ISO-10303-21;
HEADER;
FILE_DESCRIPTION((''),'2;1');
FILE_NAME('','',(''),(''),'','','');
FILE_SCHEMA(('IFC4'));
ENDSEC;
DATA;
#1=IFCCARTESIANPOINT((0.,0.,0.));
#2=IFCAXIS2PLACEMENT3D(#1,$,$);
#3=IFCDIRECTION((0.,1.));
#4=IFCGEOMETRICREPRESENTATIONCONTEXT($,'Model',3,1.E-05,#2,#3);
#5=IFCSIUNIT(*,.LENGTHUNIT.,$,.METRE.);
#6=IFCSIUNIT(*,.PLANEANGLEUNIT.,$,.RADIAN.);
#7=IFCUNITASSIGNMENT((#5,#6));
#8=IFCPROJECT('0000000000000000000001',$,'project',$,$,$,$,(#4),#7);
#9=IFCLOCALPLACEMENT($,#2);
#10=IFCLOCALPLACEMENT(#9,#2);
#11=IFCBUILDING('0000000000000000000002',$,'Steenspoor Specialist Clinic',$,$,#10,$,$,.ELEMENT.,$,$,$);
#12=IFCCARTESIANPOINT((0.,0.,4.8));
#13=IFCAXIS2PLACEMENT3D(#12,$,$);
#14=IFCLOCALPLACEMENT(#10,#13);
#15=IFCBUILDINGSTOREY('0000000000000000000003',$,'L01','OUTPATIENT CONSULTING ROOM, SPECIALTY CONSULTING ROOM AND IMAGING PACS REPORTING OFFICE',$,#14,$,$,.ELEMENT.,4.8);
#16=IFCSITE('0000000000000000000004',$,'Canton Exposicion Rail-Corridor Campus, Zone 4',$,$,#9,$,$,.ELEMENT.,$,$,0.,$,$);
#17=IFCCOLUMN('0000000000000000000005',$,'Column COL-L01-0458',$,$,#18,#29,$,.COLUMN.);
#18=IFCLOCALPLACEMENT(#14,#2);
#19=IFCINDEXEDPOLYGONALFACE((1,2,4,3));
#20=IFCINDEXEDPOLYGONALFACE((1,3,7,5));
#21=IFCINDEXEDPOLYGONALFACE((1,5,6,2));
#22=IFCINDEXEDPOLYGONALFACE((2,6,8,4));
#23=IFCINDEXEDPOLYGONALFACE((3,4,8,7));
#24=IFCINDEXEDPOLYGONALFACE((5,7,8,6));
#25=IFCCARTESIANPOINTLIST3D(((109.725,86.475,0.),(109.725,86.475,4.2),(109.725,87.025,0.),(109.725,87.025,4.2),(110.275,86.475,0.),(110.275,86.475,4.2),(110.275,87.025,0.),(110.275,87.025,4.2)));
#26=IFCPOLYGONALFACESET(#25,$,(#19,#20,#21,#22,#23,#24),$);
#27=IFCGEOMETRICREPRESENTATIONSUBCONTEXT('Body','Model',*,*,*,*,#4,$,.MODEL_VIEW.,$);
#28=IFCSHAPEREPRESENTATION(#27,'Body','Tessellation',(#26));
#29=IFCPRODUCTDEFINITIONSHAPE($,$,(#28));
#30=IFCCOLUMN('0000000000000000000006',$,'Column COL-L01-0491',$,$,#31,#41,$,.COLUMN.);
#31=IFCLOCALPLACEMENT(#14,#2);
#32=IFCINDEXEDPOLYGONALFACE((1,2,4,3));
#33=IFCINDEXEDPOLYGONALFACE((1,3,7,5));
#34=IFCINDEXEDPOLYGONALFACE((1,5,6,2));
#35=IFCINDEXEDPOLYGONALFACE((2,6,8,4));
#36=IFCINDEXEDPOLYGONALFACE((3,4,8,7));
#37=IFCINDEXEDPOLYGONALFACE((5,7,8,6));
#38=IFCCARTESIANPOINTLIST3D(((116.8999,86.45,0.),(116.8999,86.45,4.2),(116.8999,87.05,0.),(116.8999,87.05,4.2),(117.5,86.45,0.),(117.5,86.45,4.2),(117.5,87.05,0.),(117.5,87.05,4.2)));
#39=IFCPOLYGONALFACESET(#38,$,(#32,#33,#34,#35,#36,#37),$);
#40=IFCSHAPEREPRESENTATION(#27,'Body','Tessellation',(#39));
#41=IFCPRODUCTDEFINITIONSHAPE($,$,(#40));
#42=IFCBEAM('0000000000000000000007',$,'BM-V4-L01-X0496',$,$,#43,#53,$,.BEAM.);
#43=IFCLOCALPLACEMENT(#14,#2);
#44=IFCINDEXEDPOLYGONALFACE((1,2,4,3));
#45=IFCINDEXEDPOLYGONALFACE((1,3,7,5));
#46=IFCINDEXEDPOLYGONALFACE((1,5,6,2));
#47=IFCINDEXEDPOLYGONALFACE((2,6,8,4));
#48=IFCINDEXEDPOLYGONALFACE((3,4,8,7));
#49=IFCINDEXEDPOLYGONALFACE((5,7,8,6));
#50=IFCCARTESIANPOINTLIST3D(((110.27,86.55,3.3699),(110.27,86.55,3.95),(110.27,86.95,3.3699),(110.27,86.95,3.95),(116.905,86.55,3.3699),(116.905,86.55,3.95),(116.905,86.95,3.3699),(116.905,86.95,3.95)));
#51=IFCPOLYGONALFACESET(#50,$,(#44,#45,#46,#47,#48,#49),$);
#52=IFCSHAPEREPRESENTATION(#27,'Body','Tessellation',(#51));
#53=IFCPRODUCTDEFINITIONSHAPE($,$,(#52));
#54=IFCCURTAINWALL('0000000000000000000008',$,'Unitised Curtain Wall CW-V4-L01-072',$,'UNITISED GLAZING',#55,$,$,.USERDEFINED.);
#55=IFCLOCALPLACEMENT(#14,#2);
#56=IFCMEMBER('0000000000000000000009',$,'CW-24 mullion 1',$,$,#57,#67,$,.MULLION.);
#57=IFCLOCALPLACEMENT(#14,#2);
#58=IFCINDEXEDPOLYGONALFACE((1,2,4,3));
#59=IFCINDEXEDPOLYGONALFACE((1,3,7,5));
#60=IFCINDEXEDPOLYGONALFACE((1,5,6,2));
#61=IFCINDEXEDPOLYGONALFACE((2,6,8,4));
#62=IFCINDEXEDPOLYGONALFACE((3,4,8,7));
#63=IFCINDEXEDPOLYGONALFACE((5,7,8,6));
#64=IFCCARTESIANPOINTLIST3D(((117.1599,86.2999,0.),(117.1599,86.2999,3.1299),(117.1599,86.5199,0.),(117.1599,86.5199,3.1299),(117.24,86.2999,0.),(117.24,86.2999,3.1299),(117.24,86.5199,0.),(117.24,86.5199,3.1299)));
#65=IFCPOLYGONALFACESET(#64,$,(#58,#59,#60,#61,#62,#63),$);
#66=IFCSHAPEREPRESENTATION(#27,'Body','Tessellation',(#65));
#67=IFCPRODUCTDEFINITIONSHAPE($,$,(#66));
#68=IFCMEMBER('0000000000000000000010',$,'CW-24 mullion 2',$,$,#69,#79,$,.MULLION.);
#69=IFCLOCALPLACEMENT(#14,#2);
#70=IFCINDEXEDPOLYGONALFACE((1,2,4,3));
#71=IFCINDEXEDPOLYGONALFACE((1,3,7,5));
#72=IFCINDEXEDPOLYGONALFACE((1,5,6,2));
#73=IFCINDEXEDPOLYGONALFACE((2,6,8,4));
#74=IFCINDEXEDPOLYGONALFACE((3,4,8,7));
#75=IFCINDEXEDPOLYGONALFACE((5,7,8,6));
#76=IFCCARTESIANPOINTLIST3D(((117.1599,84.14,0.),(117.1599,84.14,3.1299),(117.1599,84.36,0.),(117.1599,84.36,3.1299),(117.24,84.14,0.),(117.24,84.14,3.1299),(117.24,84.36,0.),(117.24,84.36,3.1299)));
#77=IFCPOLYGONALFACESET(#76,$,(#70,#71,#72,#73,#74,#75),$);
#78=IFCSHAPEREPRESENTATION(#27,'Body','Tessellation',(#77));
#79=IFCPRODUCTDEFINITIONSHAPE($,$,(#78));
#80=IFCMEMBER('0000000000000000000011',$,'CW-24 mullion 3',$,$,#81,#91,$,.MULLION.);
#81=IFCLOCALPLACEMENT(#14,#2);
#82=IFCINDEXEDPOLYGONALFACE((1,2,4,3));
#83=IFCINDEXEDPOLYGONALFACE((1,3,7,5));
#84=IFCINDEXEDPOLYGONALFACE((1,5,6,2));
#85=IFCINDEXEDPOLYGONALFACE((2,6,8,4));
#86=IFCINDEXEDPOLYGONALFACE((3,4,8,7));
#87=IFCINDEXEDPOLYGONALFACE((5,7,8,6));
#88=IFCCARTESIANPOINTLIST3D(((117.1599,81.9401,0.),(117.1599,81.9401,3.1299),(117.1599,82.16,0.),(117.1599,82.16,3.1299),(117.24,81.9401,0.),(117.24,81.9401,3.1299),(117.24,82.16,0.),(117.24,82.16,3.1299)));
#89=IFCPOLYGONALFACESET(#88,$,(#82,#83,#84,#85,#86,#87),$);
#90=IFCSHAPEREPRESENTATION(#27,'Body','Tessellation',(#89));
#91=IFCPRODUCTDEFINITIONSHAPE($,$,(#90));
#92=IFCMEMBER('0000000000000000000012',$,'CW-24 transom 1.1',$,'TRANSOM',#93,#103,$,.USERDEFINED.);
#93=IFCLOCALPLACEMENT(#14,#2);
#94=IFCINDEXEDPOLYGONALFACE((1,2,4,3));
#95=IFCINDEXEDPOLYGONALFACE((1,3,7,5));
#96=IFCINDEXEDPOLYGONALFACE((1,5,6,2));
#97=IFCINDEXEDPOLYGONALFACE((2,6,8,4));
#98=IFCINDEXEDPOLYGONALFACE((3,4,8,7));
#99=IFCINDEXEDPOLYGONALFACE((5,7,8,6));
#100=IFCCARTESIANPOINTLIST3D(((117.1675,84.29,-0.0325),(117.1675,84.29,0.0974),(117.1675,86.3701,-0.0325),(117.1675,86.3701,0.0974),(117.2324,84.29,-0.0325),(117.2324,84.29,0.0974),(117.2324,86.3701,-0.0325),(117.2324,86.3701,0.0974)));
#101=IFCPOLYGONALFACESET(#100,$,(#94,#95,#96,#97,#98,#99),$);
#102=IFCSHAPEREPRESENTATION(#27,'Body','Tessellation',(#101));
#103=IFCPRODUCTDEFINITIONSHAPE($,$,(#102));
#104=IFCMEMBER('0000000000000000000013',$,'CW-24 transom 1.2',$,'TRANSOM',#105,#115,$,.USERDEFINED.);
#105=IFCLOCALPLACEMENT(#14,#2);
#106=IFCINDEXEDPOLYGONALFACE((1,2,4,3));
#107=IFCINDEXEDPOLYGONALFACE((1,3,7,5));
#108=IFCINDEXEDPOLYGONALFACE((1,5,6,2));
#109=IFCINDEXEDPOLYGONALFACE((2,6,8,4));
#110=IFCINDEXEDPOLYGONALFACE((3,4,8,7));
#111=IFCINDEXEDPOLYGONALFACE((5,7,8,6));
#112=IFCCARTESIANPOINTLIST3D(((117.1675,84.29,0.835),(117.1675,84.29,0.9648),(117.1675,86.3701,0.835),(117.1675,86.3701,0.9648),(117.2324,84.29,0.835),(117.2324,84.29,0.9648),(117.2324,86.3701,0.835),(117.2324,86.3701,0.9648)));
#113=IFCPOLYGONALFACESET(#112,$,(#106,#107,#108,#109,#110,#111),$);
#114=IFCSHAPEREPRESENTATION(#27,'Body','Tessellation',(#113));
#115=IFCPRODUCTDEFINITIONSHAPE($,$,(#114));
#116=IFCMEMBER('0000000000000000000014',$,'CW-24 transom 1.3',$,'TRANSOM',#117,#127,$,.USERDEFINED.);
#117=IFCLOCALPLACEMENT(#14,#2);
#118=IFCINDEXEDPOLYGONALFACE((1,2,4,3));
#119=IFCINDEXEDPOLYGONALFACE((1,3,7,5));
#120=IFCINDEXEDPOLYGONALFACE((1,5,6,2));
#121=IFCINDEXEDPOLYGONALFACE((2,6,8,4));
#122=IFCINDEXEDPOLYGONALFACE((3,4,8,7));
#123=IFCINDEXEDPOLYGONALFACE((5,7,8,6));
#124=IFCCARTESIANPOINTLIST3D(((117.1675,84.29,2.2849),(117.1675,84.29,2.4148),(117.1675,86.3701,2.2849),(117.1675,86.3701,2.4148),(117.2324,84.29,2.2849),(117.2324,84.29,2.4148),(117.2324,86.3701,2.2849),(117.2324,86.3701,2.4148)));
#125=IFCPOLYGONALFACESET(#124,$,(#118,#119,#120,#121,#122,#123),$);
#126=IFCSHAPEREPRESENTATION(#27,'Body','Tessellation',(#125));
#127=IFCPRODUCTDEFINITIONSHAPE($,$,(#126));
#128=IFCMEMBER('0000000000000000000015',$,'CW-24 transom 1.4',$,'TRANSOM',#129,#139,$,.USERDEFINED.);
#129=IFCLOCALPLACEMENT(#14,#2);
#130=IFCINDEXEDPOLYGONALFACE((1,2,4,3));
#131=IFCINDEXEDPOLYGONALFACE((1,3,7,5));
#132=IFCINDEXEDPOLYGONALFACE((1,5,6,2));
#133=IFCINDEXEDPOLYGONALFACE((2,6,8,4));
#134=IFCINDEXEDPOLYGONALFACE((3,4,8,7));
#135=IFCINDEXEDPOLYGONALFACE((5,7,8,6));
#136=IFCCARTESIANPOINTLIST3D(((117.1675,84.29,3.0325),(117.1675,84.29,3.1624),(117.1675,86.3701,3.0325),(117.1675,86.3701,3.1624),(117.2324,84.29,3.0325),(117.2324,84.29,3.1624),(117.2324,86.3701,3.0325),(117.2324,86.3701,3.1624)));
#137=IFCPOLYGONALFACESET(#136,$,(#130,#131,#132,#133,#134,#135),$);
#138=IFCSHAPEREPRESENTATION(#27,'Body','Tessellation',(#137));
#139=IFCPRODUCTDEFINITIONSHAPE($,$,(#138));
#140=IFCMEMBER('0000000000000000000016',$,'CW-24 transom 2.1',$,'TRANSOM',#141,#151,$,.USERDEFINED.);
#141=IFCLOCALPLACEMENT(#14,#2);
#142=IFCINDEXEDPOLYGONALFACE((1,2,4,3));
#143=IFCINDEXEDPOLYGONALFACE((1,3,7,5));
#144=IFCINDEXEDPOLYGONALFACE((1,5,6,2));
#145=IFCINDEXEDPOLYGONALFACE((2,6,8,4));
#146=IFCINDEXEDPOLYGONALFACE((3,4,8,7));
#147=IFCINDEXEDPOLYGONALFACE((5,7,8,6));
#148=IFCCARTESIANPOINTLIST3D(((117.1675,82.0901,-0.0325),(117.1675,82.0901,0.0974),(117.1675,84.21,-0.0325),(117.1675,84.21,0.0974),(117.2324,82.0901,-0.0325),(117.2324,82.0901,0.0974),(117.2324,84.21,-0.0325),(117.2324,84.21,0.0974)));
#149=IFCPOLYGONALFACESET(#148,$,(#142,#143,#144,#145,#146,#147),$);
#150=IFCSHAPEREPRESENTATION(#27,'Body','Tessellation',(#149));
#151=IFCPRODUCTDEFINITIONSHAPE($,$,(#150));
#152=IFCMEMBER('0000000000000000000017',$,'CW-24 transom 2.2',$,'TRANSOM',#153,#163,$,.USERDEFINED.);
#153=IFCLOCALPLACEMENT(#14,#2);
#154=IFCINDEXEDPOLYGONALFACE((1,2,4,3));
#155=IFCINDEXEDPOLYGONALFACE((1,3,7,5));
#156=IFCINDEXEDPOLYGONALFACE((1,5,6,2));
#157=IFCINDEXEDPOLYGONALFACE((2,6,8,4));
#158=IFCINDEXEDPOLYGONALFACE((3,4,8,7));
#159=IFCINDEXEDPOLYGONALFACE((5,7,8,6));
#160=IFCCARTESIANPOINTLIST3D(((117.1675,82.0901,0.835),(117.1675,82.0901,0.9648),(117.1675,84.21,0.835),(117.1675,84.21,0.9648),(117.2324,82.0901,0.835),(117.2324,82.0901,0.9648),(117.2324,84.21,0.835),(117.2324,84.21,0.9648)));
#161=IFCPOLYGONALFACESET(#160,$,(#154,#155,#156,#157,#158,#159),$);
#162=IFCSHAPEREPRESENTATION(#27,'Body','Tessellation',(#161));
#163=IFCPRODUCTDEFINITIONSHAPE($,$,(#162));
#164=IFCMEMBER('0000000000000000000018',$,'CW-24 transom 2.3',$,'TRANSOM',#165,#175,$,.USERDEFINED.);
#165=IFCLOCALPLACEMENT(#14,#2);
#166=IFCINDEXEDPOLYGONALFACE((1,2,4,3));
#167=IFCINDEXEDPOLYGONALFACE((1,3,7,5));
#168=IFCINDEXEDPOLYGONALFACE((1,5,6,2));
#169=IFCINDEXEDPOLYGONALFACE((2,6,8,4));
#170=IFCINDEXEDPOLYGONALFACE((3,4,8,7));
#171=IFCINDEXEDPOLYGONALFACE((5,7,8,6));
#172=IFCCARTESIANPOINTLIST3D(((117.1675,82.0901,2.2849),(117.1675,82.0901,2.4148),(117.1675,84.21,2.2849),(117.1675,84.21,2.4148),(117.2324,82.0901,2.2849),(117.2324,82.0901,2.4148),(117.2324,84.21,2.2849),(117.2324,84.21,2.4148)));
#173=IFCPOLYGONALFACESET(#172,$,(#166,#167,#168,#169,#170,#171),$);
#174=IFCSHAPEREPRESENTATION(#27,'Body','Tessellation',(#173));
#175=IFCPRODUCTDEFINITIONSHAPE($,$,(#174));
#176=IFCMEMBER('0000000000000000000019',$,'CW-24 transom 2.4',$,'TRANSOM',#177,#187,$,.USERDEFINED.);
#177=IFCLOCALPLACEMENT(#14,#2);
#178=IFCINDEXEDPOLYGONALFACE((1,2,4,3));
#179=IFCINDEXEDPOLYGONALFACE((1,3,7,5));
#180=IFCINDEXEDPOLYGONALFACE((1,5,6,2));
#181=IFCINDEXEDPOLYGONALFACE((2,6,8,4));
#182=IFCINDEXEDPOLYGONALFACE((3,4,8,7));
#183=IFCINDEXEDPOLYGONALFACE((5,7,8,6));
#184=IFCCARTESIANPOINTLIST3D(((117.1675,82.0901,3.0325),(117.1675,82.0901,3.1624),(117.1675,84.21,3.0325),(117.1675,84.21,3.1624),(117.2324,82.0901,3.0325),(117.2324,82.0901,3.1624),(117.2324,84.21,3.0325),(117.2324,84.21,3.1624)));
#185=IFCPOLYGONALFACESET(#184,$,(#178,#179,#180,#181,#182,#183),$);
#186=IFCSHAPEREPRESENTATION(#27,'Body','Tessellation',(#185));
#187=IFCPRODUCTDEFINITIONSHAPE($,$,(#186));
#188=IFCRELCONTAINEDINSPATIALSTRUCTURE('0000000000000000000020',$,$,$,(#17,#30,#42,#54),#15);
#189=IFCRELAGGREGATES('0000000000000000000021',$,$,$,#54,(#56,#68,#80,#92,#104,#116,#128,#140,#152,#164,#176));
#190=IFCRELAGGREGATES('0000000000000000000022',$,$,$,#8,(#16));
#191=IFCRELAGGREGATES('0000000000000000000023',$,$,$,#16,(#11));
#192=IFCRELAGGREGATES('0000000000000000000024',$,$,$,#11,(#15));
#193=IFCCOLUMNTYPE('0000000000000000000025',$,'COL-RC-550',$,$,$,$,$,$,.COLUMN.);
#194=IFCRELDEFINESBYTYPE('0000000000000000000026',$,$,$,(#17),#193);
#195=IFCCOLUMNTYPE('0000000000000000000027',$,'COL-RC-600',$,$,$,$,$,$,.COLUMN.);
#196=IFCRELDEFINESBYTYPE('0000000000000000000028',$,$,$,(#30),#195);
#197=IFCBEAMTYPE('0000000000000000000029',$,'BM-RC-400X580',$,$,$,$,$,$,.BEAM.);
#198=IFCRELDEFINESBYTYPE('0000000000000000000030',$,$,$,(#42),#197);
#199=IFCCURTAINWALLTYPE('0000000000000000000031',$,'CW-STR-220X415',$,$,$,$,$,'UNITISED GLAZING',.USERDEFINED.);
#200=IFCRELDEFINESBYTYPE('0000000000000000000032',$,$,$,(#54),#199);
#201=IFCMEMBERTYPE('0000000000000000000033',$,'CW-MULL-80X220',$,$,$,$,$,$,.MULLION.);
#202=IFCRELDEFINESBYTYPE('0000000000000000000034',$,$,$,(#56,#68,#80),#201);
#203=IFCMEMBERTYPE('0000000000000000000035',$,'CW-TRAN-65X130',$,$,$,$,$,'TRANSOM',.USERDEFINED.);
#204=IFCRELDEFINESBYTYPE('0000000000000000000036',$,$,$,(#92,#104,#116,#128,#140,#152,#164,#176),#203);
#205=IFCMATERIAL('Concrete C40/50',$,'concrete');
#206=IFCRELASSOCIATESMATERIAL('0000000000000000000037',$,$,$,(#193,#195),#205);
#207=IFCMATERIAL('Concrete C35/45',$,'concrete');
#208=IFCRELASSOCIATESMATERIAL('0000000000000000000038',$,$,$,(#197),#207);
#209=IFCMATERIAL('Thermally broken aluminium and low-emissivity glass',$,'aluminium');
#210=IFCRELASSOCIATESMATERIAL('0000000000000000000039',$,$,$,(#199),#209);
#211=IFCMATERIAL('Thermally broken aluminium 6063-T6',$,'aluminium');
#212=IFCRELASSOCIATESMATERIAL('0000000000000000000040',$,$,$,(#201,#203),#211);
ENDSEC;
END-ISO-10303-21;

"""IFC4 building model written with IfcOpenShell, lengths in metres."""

from ifc_helpers import new_model, si_unit, direction, frame, origin, origin_2d, place, context, subcontext, project, spatial, rectangle, extrude, material, material_profile, profile_set, type_object, element, aggregate, save


model = new_model("IFC4")

# Units and contexts
model_context = context("Model", 3, precision=1e-05, world=origin(), true_north=direction((0.0, 1.0)))
body_context = subcontext(model_context, "Body", "Model", "MODEL_VIEW")
ifc_project = project(units=[si_unit("LENGTHUNIT", "METRE"), si_unit("PLANEANGLEUNIT", "RADIAN")], contexts=[model_context])

# Site, building, storey
site_placement = place(None, origin())
site = spatial("IfcSite", under=ifc_project, at=site_placement, Name="Canton Exposicion Rail-Corridor Campus, Zone 4", CompositionType="ELEMENT", RefElevation=0.0)
building_placement = place(site_placement, origin())
building = spatial("IfcBuilding", under=site, at=building_placement, Name="Steenspoor Specialist Clinic", CompositionType="ELEMENT")
storey_placement = place(building_placement, frame((0.0, 0.0, 4.8)))
storey = spatial("IfcBuildingStorey", under=building, at=storey_placement, Name="L01", Description="OUTPATIENT CONSULTING ROOM, SPECIALTY CONSULTING ROOM AND IMAGING PACS REPORTING OFFICE", CompositionType="ELEMENT", Elevation=4.8)

# Columns
ifc_material_1 = material(Name="Concrete C40/50", Category="concrete")
ifc_material_profile_1 = material_profile(ifc_material_1, rectangle(XDim=0.55, YDim=0.55, at=origin_2d()), Name="RC-COL-550X550")
ifc_profile_set_1 = profile_set([ifc_material_profile_1], Name="Concrete C40/50")
column_type_1 = type_object("IfcColumnType", Name="COL-RC-550", PredefinedType="COLUMN", material=ifc_profile_set_1)
column_1_placement = place(storey_placement, frame((110.0, 86.75, 0.0), z_axis=(0.0, 0.0, 1.0), x_axis=(1.0, 0.0, 0.0)))
element("IfcColumn", 1, at=column_1_placement, inside=storey, type_object=column_type_1, Name="Column COL-L01-0458", PredefinedType="COLUMN", context=body_context, shape_type="SweptSolid", body=[
    extrude(rectangle(XDim=0.55, YDim=0.55, at=origin_2d()), origin(), (0.0, 0.0, 1.0), 4.2),
])
ifc_material_profile_2 = material_profile(ifc_material_1, rectangle(XDim=0.6001, YDim=0.6001, at=origin_2d()), Name="RC-COL-600X600")
ifc_profile_set_2 = profile_set([ifc_material_profile_2], Name="Concrete C40/50")
column_type_2 = type_object("IfcColumnType", Name="COL-RC-600", PredefinedType="COLUMN", material=ifc_profile_set_2)
column_2_placement = place(storey_placement, frame((117.2, 86.75, 0.0), z_axis=(0.0, 0.0, 1.0), x_axis=(1.0, 0.0, 0.0)))
element("IfcColumn", 2, at=column_2_placement, inside=storey, type_object=column_type_2, Name="Column COL-L01-0491", PredefinedType="COLUMN", context=body_context, shape_type="SweptSolid", body=[
    extrude(rectangle(XDim=0.6001, YDim=0.6001, at=origin_2d()), origin(), (0.0, 0.0, 1.0), 4.2),
])

# Beam
ifc_material_2 = material(Name="Concrete C35/45", Category="concrete")
ifc_material_profile_3 = material_profile(ifc_material_2, rectangle(XDim=0.3999, YDim=0.5801, at=origin_2d()), Name="RC-BM-400X580")
ifc_profile_set_3 = profile_set([ifc_material_profile_3], Name="Concrete C35/45")
beam_type_1 = type_object("IfcBeamType", Name="BM-RC-400X580", PredefinedType="BEAM", material=ifc_profile_set_3)
beam_1_placement = place(storey_placement, frame((110.27, 86.75, 3.6599), z_axis=(1.0, 0.0, 0.0), x_axis=(0.0, 1.0, 0.0)))
element("IfcBeam", 3, at=beam_1_placement, inside=storey, type_object=beam_type_1, Name="BM-V4-L01-X0496", PredefinedType="BEAM", context=body_context, shape_type="SweptSolid", body=[
    extrude(rectangle(XDim=0.3999, YDim=0.5801, at=origin_2d()), origin(), (0.0, 0.0, 1.0), 6.635),
])

# Curtain wall, members
ifc_material_3 = material(Name="Thermally broken aluminium and low-emissivity glass", Category="aluminium")
curtain_wall_type = type_object("IfcCurtainWallType", Name="CW-STR-220X415", ElementType="UNITISED GLAZING", PredefinedType="USERDEFINED", material=ifc_material_3)
curtain_wall_placement = place(storey_placement, origin())
curtain_wall = element("IfcCurtainWall", 4, at=curtain_wall_placement, inside=storey, type_object=curtain_wall_type, Name="Unitised Curtain Wall CW-V4-L01-072", ObjectType="UNITISED GLAZING", PredefinedType="USERDEFINED")
ifc_material_4 = material(Name="Thermally broken aluminium 6063-T6", Category="aluminium")
ifc_material_profile_4 = material_profile(ifc_material_4, rectangle(XDim=0.0801, YDim=0.22, at=origin_2d()), Name="CWM-80X220")
ifc_profile_set_4 = profile_set([ifc_material_profile_4], Name="Thermally broken aluminium 6063-T6")
member_type_1 = type_object("IfcMemberType", Name="CW-MULL-80X220", PredefinedType="MULLION", material=ifc_profile_set_4)
member_1_placement = place(storey_placement, frame((117.2, 86.4099, 0.0), z_axis=(0.0, 0.0, 1.0), x_axis=(1.0, 0.0, 0.0)))
member_1 = element("IfcMember", 5, at=member_1_placement, type_object=member_type_1, Name="CW-24 mullion 1", PredefinedType="MULLION", context=body_context, shape_type="SweptSolid", body=[
    extrude(rectangle(XDim=0.0801, YDim=0.22, at=origin_2d()), origin(), (0.0, 0.0, 1.0), 3.1299),
])
member_2_placement = place(storey_placement, frame((117.2, 84.25, 0.0), z_axis=(0.0, 0.0, 1.0), x_axis=(1.0, 0.0, 0.0)))
member_2 = element("IfcMember", 6, at=member_2_placement, type_object=member_type_1, Name="CW-24 mullion 2", PredefinedType="MULLION", context=body_context, shape_type="SweptSolid", body=[
    extrude(rectangle(XDim=0.0801, YDim=0.22, at=origin_2d()), origin(), (0.0, 0.0, 1.0), 3.1299),
])
member_3_placement = place(storey_placement, frame((117.2, 82.05, 0.0), z_axis=(0.0, 0.0, 1.0), x_axis=(1.0, 0.0, 0.0)))
member_3 = element("IfcMember", 7, at=member_3_placement, type_object=member_type_1, Name="CW-24 mullion 3", PredefinedType="MULLION", context=body_context, shape_type="SweptSolid", body=[
    extrude(rectangle(XDim=0.0801, YDim=0.22, at=origin_2d()), origin(), (0.0, 0.0, 1.0), 3.1299),
])
ifc_material_profile_5 = material_profile(ifc_material_4, rectangle(XDim=0.0649, YDim=0.1299, at=origin_2d()), Name="CWT-65X130")
ifc_profile_set_5 = profile_set([ifc_material_profile_5], Name="Thermally broken aluminium 6063-T6")
member_type_2 = type_object("IfcMemberType", Name="CW-TRAN-65X130", ElementType="TRANSOM", PredefinedType="USERDEFINED", material=ifc_profile_set_5)
member_4_placement = place(storey_placement, frame((117.2, 86.3701, 0.0325), z_axis=(0.0, -1.0, 0.0), x_axis=(1.0, 0.0, 0.0)))
member_4 = element("IfcMember", 8, at=member_4_placement, type_object=member_type_2, Name="CW-24 transom 1.1", ObjectType="TRANSOM", PredefinedType="USERDEFINED", context=body_context, shape_type="SweptSolid", body=[
    extrude(rectangle(XDim=0.0649, YDim=0.1299, at=origin_2d()), origin(), (0.0, 0.0, 1.0), 2.0801),
])
member_5_placement = place(storey_placement, frame((117.2, 86.3701, 0.8999), z_axis=(0.0, -1.0, 0.0), x_axis=(1.0, 0.0, 0.0)))
member_5 = element("IfcMember", 9, at=member_5_placement, type_object=member_type_2, Name="CW-24 transom 1.2", ObjectType="TRANSOM", PredefinedType="USERDEFINED", context=body_context, shape_type="SweptSolid", body=[
    extrude(rectangle(XDim=0.0649, YDim=0.1299, at=origin_2d()), origin(), (0.0, 0.0, 1.0), 2.0801),
])
member_6_placement = place(storey_placement, frame((117.2, 86.3701, 2.3499), z_axis=(0.0, -1.0, 0.0), x_axis=(1.0, 0.0, 0.0)))
member_6 = element("IfcMember", 10, at=member_6_placement, type_object=member_type_2, Name="CW-24 transom 1.3", ObjectType="TRANSOM", PredefinedType="USERDEFINED", context=body_context, shape_type="SweptSolid", body=[
    extrude(rectangle(XDim=0.0649, YDim=0.1299, at=origin_2d()), origin(), (0.0, 0.0, 1.0), 2.0801),
])
member_7_placement = place(storey_placement, frame((117.2, 86.3701, 3.0974), z_axis=(0.0, -1.0, 0.0), x_axis=(1.0, 0.0, 0.0)))
member_7 = element("IfcMember", 11, at=member_7_placement, type_object=member_type_2, Name="CW-24 transom 1.4", ObjectType="TRANSOM", PredefinedType="USERDEFINED", context=body_context, shape_type="SweptSolid", body=[
    extrude(rectangle(XDim=0.0649, YDim=0.1299, at=origin_2d()), origin(), (0.0, 0.0, 1.0), 2.0801),
])
member_8_placement = place(storey_placement, frame((117.2, 84.21, 0.0325), z_axis=(0.0, -1.0, 0.0), x_axis=(1.0, 0.0, 0.0)))
member_8 = element("IfcMember", 12, at=member_8_placement, type_object=member_type_2, Name="CW-24 transom 2.1", ObjectType="TRANSOM", PredefinedType="USERDEFINED", context=body_context, shape_type="SweptSolid", body=[
    extrude(rectangle(XDim=0.0649, YDim=0.1299, at=origin_2d()), origin(), (0.0, 0.0, 1.0), 2.1199),
])
member_9_placement = place(storey_placement, frame((117.2, 84.21, 0.8999), z_axis=(0.0, -1.0, 0.0), x_axis=(1.0, 0.0, 0.0)))
member_9 = element("IfcMember", 13, at=member_9_placement, type_object=member_type_2, Name="CW-24 transom 2.2", ObjectType="TRANSOM", PredefinedType="USERDEFINED", context=body_context, shape_type="SweptSolid", body=[
    extrude(rectangle(XDim=0.0649, YDim=0.1299, at=origin_2d()), origin(), (0.0, 0.0, 1.0), 2.1199),
])
member_10_placement = place(storey_placement, frame((117.2, 84.21, 2.3499), z_axis=(0.0, -1.0, 0.0), x_axis=(1.0, 0.0, 0.0)))
member_10 = element("IfcMember", 14, at=member_10_placement, type_object=member_type_2, Name="CW-24 transom 2.3", ObjectType="TRANSOM", PredefinedType="USERDEFINED", context=body_context, shape_type="SweptSolid", body=[
    extrude(rectangle(XDim=0.0649, YDim=0.1299, at=origin_2d()), origin(), (0.0, 0.0, 1.0), 2.1199),
])
member_11_placement = place(storey_placement, frame((117.2, 84.21, 3.0974), z_axis=(0.0, -1.0, 0.0), x_axis=(1.0, 0.0, 0.0)))
member_11 = element("IfcMember", 15, at=member_11_placement, type_object=member_type_2, Name="CW-24 transom 2.4", ObjectType="TRANSOM", PredefinedType="USERDEFINED", context=body_context, shape_type="SweptSolid", body=[
    extrude(rectangle(XDim=0.0649, YDim=0.1299, at=origin_2d()), origin(), (0.0, 0.0, 1.0), 2.1199),
])

aggregate(curtain_wall, [member_1, member_2, member_3, member_4, member_5, member_6, member_7, member_8, member_9, member_10, member_11])

save(model, "model.ifc")
